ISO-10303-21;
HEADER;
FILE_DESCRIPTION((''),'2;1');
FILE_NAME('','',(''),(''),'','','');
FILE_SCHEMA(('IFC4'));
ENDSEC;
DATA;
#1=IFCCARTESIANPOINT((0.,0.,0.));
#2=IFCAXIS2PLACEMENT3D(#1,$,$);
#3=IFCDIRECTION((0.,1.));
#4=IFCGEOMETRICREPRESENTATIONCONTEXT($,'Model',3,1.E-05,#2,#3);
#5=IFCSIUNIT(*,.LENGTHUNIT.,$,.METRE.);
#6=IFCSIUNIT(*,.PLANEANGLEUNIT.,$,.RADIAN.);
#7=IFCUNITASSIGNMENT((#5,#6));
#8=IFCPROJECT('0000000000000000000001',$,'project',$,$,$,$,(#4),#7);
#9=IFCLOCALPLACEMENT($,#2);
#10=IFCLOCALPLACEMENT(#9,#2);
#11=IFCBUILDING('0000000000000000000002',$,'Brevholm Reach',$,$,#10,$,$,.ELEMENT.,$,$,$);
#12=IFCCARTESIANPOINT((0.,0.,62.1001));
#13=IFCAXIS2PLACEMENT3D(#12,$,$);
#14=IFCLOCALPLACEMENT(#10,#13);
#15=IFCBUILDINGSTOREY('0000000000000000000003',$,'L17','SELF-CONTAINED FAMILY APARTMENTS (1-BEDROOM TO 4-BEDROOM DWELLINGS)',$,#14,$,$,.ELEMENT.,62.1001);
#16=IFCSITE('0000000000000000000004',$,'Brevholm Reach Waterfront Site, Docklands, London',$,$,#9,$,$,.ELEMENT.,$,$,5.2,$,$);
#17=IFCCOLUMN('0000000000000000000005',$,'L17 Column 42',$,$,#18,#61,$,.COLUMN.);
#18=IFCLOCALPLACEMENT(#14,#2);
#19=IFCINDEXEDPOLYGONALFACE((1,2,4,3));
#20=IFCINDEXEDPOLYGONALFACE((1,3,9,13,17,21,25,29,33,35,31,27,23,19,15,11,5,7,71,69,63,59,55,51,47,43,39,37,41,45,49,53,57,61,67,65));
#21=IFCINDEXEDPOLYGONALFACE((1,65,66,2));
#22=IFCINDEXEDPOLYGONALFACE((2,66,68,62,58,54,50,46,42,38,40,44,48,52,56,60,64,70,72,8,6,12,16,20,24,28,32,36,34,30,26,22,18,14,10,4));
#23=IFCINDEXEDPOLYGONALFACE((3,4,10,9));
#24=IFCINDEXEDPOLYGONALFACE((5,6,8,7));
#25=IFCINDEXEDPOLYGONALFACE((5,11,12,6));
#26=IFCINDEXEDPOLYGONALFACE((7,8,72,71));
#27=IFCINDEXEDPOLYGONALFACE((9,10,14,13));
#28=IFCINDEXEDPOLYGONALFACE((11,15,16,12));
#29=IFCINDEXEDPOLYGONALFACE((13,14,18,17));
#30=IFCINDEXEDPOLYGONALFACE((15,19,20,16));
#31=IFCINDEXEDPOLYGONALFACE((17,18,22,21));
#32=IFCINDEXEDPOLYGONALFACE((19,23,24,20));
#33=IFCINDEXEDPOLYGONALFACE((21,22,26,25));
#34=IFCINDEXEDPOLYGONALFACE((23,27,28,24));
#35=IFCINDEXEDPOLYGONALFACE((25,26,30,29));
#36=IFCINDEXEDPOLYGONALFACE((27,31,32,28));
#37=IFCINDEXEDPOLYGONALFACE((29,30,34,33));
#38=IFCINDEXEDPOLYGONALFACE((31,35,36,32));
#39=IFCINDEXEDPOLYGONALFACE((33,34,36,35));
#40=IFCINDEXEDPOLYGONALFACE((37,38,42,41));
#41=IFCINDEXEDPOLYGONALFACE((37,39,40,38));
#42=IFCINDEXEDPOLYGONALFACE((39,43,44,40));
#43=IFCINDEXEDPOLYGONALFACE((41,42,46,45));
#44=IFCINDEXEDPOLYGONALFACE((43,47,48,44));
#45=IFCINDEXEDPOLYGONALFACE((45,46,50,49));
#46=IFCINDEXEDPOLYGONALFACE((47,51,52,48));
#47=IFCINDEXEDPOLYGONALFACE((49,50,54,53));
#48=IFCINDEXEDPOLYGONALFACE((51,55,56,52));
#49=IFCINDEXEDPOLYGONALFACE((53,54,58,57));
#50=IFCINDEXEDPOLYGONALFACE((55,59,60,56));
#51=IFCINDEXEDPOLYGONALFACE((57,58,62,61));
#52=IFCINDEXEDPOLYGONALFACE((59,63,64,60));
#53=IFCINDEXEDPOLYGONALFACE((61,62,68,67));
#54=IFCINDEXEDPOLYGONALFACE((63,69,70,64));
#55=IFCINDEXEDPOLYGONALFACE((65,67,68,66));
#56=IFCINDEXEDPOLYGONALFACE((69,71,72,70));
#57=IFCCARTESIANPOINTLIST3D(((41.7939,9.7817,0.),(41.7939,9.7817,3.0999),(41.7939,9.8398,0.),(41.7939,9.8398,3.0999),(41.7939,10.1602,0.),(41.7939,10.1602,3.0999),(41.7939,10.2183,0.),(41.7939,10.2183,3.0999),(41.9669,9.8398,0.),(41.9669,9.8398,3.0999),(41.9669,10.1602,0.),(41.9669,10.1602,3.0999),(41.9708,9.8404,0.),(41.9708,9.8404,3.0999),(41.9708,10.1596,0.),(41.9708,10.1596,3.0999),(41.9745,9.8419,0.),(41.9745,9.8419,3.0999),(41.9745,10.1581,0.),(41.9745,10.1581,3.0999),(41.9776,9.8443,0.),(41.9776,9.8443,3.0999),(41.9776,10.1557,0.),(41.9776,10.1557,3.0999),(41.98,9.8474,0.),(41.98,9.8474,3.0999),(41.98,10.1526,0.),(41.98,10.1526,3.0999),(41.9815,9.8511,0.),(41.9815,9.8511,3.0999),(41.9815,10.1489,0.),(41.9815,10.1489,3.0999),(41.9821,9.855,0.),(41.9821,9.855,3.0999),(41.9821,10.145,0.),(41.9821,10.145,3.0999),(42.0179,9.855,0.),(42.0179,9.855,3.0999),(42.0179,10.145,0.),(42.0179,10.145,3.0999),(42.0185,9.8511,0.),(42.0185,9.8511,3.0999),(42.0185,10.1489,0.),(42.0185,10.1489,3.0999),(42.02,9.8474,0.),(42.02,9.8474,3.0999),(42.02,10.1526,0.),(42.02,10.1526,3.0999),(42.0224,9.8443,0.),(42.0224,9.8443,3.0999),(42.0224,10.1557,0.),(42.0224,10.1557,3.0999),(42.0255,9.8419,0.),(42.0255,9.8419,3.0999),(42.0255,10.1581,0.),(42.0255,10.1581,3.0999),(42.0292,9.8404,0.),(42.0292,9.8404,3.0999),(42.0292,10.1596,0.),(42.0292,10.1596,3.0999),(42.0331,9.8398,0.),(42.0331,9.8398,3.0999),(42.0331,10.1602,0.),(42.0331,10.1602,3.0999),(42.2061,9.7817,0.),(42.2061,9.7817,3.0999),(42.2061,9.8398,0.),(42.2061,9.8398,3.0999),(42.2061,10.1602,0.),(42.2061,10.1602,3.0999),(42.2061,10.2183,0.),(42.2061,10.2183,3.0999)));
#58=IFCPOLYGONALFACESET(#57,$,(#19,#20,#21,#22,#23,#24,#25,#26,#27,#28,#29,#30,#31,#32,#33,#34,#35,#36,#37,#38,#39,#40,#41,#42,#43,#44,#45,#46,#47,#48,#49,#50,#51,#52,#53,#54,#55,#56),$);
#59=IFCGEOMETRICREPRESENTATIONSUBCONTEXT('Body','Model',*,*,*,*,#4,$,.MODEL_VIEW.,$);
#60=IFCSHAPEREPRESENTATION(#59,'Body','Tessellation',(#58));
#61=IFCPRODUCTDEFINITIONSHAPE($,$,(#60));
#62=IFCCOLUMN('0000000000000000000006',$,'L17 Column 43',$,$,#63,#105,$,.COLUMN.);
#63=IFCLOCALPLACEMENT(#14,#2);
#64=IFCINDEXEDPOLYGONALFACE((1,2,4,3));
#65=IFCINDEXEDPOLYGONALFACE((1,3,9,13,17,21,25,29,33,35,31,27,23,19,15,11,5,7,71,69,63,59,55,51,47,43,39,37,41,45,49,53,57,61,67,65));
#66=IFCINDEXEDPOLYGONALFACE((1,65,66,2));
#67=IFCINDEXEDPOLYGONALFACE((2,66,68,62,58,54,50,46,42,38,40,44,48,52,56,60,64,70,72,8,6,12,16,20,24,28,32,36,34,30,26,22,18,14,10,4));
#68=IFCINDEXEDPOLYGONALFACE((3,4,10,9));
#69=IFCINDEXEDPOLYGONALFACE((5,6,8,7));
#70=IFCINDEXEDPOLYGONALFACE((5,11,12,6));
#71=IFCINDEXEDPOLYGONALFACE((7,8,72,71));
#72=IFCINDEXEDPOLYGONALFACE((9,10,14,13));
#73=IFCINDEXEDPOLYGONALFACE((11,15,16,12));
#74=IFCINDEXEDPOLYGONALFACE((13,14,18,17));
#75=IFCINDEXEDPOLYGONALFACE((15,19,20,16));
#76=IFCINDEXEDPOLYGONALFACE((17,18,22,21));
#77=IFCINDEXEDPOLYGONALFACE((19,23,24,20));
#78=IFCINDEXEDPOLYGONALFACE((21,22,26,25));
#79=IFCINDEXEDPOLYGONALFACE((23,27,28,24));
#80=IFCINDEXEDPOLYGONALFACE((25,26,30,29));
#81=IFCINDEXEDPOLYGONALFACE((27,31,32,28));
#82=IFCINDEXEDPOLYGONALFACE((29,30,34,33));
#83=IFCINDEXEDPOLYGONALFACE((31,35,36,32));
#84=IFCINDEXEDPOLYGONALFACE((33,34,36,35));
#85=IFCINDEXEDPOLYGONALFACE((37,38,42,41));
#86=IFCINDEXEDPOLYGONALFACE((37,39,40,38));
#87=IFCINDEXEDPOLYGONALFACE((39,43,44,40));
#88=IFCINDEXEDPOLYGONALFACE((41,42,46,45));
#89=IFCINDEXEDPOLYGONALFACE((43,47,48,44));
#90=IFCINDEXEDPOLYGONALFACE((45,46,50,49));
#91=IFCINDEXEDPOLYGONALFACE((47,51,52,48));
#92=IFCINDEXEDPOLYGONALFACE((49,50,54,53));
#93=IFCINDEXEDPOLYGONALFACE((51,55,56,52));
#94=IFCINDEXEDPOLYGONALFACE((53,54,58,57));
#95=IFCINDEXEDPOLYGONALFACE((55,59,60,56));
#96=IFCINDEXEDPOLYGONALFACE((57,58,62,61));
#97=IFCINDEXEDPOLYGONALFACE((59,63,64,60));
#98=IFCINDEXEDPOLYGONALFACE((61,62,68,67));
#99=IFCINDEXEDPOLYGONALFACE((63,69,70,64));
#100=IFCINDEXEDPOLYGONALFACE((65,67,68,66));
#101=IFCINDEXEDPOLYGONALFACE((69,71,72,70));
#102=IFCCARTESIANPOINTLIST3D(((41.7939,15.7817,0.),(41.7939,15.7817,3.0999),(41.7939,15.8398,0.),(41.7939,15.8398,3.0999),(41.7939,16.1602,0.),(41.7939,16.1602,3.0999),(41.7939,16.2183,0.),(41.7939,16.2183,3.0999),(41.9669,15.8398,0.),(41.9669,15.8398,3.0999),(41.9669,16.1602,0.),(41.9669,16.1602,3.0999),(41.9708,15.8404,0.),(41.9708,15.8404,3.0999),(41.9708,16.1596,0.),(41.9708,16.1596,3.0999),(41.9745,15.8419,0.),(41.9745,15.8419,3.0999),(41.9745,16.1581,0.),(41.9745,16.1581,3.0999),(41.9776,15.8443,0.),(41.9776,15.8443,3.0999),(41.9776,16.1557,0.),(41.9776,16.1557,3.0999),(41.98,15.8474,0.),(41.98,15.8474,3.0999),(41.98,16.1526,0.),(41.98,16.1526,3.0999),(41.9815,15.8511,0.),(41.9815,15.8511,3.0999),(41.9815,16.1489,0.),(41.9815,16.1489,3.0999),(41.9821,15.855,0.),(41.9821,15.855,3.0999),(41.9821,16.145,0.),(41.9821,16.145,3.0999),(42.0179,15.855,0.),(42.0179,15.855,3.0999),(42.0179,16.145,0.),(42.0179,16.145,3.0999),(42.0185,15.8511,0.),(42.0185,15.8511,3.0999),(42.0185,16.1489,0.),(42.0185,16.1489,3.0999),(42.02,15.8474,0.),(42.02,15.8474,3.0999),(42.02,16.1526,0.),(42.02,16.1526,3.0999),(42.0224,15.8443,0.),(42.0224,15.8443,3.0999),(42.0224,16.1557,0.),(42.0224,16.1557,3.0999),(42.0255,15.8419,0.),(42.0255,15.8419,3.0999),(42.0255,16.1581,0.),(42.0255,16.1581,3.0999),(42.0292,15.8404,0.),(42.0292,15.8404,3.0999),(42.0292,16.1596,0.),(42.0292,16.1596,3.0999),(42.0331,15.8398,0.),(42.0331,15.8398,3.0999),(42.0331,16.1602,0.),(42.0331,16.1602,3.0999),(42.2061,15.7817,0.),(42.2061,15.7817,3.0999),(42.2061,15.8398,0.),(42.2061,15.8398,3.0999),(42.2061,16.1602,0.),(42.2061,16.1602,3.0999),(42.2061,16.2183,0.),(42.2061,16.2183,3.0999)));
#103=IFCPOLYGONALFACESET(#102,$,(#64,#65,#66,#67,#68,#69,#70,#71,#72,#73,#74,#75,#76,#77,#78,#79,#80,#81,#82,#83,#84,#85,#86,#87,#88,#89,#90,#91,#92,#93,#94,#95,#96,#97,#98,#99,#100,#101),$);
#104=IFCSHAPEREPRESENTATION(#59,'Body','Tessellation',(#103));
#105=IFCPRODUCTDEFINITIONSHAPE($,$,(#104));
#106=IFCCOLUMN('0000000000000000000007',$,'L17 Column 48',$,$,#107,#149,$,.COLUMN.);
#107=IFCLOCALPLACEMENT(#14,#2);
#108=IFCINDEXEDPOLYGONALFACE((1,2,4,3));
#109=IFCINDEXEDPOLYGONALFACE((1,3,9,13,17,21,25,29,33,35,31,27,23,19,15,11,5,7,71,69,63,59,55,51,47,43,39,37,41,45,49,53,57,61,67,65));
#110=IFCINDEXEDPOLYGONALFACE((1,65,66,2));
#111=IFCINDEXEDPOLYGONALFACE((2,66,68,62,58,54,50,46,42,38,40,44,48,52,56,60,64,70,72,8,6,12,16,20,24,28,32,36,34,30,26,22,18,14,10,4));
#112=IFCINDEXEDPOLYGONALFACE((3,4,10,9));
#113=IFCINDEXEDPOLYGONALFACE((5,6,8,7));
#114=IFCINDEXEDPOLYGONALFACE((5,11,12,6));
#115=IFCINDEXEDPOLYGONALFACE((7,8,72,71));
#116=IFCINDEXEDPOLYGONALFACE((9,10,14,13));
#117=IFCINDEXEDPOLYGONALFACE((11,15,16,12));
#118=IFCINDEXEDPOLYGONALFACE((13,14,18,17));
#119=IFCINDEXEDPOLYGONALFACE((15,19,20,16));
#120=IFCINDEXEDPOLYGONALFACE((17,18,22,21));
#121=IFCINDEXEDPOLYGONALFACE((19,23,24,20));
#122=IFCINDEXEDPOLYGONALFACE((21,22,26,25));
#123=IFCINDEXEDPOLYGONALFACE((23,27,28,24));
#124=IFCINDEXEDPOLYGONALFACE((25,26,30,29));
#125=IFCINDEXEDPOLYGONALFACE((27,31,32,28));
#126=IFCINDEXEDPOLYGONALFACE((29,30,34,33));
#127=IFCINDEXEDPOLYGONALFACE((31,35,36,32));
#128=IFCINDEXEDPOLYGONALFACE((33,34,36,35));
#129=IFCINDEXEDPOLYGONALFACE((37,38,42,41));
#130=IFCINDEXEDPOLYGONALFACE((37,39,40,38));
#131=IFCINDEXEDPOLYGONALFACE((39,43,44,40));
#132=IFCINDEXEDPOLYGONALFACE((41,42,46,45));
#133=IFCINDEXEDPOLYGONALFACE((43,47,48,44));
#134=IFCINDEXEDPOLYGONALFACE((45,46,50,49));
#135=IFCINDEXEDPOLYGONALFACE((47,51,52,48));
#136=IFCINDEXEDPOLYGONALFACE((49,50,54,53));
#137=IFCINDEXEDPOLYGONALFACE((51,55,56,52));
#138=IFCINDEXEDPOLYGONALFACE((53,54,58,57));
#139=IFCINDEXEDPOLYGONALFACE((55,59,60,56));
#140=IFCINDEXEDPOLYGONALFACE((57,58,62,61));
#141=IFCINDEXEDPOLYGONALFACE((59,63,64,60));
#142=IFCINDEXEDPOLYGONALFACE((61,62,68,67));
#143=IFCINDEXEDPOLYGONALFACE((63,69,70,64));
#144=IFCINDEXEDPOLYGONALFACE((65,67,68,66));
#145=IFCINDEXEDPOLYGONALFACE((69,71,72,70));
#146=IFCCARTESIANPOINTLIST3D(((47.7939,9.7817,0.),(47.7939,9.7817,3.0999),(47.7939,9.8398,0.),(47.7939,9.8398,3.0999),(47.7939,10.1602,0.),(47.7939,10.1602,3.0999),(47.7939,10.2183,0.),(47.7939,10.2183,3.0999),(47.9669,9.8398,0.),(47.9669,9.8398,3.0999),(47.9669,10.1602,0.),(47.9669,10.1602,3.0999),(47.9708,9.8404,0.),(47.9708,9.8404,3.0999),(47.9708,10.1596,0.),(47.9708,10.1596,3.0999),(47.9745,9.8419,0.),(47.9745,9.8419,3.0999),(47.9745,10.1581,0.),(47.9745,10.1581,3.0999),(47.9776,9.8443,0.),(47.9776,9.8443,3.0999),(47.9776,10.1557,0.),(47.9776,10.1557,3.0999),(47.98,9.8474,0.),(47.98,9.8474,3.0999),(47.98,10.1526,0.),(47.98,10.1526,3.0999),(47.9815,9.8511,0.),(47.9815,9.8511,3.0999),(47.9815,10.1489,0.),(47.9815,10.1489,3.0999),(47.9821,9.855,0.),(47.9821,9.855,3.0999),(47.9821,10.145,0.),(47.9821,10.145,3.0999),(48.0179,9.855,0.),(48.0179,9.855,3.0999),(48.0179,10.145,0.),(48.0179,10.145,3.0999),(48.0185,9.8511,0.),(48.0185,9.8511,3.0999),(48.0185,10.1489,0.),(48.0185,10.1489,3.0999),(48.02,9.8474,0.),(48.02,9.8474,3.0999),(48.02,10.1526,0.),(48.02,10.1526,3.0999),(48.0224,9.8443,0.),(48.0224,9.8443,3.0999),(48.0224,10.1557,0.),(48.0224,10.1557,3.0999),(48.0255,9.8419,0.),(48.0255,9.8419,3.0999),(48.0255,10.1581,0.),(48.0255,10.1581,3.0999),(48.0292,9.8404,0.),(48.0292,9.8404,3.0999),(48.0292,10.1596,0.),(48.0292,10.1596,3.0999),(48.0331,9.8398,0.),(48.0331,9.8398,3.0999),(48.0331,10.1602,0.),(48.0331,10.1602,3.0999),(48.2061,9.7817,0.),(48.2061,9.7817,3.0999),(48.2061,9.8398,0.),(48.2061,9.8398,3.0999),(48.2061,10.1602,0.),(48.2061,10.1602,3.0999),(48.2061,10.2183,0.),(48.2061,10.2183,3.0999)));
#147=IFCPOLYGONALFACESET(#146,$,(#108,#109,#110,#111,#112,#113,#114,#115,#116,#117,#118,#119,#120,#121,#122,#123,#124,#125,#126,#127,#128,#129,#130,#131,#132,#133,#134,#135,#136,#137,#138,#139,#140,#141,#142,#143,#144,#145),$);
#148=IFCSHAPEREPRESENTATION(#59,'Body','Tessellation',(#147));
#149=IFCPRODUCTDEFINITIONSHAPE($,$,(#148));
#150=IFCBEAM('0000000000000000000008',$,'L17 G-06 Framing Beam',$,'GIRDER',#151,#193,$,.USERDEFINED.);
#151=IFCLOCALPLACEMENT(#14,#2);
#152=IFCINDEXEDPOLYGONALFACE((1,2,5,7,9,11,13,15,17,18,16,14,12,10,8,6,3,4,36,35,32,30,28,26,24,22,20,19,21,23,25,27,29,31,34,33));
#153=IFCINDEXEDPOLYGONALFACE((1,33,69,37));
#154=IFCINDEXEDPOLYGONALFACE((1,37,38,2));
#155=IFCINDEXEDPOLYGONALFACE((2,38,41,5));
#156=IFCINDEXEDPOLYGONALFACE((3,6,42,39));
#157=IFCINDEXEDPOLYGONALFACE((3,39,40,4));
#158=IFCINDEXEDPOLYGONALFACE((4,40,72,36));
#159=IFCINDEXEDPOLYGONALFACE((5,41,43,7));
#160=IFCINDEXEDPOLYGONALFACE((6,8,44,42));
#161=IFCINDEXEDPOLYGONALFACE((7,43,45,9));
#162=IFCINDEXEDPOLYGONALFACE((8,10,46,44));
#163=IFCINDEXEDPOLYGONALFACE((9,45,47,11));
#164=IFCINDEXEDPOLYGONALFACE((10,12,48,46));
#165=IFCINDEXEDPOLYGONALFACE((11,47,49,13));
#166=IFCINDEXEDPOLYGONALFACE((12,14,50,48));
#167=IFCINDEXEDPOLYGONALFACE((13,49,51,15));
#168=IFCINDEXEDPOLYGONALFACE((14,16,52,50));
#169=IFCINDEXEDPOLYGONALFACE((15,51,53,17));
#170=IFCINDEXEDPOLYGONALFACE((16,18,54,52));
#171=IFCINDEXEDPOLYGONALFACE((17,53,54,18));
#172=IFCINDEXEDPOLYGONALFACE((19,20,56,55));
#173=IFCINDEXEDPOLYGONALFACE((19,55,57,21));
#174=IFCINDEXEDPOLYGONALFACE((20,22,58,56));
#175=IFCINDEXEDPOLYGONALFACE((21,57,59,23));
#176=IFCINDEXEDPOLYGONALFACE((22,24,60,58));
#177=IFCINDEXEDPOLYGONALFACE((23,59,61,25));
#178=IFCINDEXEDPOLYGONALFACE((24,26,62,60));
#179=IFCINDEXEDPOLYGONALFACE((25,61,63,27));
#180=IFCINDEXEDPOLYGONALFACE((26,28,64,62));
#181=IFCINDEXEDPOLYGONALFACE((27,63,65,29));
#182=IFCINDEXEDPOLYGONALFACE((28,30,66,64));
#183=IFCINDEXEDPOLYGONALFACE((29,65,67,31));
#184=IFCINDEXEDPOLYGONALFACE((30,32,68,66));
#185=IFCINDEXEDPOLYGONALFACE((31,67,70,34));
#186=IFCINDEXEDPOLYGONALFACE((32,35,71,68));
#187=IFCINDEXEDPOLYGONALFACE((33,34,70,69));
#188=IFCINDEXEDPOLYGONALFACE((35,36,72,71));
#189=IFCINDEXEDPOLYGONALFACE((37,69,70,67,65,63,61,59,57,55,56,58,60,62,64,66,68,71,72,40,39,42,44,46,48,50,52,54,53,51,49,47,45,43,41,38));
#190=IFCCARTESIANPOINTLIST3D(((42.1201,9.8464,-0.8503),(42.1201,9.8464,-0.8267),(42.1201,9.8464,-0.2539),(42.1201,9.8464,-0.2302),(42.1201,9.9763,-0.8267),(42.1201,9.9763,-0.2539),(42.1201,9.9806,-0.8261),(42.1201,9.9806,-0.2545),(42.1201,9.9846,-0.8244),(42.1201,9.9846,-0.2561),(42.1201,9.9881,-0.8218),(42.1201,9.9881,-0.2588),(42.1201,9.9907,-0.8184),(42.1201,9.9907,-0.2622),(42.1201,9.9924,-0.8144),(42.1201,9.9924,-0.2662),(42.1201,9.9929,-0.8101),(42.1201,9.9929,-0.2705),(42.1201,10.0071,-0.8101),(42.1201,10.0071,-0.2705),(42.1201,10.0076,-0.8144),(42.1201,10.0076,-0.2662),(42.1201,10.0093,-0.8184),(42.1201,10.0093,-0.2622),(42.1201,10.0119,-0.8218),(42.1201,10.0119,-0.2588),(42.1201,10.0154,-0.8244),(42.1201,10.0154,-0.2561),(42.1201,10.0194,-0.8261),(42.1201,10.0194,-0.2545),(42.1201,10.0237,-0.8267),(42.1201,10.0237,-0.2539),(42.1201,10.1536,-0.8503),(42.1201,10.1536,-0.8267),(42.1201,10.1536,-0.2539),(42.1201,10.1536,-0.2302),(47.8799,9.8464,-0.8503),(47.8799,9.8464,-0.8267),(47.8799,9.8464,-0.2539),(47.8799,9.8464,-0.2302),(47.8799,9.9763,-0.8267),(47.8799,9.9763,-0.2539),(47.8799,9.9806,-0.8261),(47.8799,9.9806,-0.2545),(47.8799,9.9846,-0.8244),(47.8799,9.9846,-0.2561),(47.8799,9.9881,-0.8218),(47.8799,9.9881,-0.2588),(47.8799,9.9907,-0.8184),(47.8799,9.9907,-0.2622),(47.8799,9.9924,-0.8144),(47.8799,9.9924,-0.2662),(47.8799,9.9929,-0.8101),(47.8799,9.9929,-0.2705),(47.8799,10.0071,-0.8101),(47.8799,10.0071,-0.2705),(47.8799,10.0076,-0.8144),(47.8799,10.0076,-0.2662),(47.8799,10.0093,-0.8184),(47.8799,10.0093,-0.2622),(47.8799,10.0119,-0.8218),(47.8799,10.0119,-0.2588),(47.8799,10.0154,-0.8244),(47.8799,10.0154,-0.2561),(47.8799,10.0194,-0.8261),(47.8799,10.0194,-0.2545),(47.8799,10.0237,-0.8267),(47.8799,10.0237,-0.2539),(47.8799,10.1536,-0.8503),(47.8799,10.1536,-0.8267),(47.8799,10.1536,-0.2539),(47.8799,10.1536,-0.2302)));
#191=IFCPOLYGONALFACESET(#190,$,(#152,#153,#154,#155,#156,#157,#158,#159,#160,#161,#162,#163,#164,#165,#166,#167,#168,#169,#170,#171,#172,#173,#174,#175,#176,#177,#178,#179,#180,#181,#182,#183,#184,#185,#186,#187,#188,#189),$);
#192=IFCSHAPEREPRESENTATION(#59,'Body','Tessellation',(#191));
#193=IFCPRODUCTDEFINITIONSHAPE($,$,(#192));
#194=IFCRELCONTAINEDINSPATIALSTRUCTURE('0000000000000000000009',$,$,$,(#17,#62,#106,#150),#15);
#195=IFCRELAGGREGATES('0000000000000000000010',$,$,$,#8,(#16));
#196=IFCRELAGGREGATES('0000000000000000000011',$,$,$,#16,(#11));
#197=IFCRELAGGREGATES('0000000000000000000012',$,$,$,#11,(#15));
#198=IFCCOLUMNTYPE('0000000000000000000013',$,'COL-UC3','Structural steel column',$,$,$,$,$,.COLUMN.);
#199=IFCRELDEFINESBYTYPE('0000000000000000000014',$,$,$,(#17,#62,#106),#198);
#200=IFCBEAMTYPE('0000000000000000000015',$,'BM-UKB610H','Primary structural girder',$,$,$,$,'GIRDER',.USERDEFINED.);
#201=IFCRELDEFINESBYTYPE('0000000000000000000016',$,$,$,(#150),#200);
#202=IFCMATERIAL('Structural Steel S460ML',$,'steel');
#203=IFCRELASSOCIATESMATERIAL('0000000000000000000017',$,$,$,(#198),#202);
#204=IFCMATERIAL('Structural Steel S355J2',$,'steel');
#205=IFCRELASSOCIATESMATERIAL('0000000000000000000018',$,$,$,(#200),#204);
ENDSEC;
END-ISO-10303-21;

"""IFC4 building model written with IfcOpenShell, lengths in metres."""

from ifc_helpers import new_model, si_unit, direction, frame, origin, origin_2d, place, context, subcontext, project, spatial, i_section, extrude, material, material_profile, profile_set, type_object, element, save


model = new_model("IFC4")

# Units and contexts
model_context = context("Model", 3, precision=1e-05, world=origin(), true_north=direction((0.0, 1.0)))
body_context = subcontext(model_context, "Body", "Model", "MODEL_VIEW")
ifc_project = project(units=[si_unit("LENGTHUNIT", "METRE"), si_unit("PLANEANGLEUNIT", "RADIAN")], contexts=[model_context])

# Site, building, storey
site_placement = place(None, origin())
site = spatial("IfcSite", under=ifc_project, at=site_placement, Name="Brevholm Reach Waterfront Site, Docklands, London", CompositionType="ELEMENT", RefElevation=5.2)
building_placement = place(site_placement, origin())
building = spatial("IfcBuilding", under=site, at=building_placement, Name="Brevholm Reach", CompositionType="ELEMENT")
storey_placement = place(building_placement, frame((0.0, 0.0, 62.1001)))
storey = spatial("IfcBuildingStorey", under=building, at=storey_placement, Name="L17", Description="SELF-CONTAINED FAMILY APARTMENTS (1-BEDROOM TO 4-BEDROOM DWELLINGS)", CompositionType="ELEMENT", Elevation=62.1001)

# Columns
ifc_material_1 = material(Name="Structural Steel S460ML", Category="steel")
ifc_material_profile_1 = material_profile(ifc_material_1, i_section(OverallWidth=0.4121, OverallDepth=0.4365, WebThickness=0.0359, FlangeThickness=0.0581, FilletRadius=0.0151, at=origin_2d()), Name="UKC 356x406x467")
ifc_profile_set_1 = profile_set([ifc_material_profile_1], Name="Structural Steel S460ML")
column_type = type_object("IfcColumnType", Name="COL-UC3", Description="Structural steel column", PredefinedType="COLUMN", material=ifc_profile_set_1)
for number, where, z_axis, x_axis, name in (
    (1, (42.0, 10.0, 0.0), (0.0, 0.0, 1.0), (1.0, 0.0, 0.0), "L17 Column 42"),
    (2, (42.0, 16.0, 0.0), (0.0, 0.0, 1.0), (1.0, 0.0, 0.0), "L17 Column 43"),
    (3, (48.0, 10.0, 0.0), (0.0, 0.0, 1.0), (1.0, 0.0, 0.0), "L17 Column 48"),
):
    element("IfcColumn", number, at=place(storey_placement, frame(where, z_axis=z_axis, x_axis=x_axis)), inside=storey, type_object=column_type, Name=name, PredefinedType="COLUMN", context=body_context, shape_type="SweptSolid", body=[
        extrude(i_section(OverallWidth=0.4121, OverallDepth=0.4365, WebThickness=0.0359, FlangeThickness=0.0581, FilletRadius=0.0151, at=origin_2d()), origin(), (0.0, 0.0, 1.0), 3.0999),
    ])

# Beam
ifc_material_2 = material(Name="Structural Steel S355J2", Category="steel")
ifc_material_profile_2 = material_profile(ifc_material_2, i_section(OverallWidth=0.3071, OverallDepth=0.6201, WebThickness=0.0142, FlangeThickness=0.0237, FilletRadius=0.0166, at=origin_2d()), Name="UKB 610x305x179")
ifc_profile_set_2 = profile_set([ifc_material_profile_2], Name="Structural Steel S355J2")
beam_type = type_object("IfcBeamType", Name="BM-UKB610H", Description="Primary structural girder", ElementType="GIRDER", PredefinedType="USERDEFINED", material=ifc_profile_set_2)
for number, where, z_axis, x_axis, name in (
    (4, (42.1201, 10.0, -0.5403), (1.0, 0.0, 0.0), (0.0, 1.0, 0.0), "L17 G-06 Framing Beam"),
):
    element("IfcBeam", number, at=place(storey_placement, frame(where, z_axis=z_axis, x_axis=x_axis)), inside=storey, type_object=beam_type, Name=name, ObjectType="GIRDER", PredefinedType="USERDEFINED", context=body_context, shape_type="SweptSolid", body=[
        extrude(i_section(OverallWidth=0.3071, OverallDepth=0.6201, WebThickness=0.0142, FlangeThickness=0.0237, FilletRadius=0.0166, at=origin_2d()), origin(), (0.0, 0.0, 1.0), 5.7598),
    ])

save(model, "model.ifc")
